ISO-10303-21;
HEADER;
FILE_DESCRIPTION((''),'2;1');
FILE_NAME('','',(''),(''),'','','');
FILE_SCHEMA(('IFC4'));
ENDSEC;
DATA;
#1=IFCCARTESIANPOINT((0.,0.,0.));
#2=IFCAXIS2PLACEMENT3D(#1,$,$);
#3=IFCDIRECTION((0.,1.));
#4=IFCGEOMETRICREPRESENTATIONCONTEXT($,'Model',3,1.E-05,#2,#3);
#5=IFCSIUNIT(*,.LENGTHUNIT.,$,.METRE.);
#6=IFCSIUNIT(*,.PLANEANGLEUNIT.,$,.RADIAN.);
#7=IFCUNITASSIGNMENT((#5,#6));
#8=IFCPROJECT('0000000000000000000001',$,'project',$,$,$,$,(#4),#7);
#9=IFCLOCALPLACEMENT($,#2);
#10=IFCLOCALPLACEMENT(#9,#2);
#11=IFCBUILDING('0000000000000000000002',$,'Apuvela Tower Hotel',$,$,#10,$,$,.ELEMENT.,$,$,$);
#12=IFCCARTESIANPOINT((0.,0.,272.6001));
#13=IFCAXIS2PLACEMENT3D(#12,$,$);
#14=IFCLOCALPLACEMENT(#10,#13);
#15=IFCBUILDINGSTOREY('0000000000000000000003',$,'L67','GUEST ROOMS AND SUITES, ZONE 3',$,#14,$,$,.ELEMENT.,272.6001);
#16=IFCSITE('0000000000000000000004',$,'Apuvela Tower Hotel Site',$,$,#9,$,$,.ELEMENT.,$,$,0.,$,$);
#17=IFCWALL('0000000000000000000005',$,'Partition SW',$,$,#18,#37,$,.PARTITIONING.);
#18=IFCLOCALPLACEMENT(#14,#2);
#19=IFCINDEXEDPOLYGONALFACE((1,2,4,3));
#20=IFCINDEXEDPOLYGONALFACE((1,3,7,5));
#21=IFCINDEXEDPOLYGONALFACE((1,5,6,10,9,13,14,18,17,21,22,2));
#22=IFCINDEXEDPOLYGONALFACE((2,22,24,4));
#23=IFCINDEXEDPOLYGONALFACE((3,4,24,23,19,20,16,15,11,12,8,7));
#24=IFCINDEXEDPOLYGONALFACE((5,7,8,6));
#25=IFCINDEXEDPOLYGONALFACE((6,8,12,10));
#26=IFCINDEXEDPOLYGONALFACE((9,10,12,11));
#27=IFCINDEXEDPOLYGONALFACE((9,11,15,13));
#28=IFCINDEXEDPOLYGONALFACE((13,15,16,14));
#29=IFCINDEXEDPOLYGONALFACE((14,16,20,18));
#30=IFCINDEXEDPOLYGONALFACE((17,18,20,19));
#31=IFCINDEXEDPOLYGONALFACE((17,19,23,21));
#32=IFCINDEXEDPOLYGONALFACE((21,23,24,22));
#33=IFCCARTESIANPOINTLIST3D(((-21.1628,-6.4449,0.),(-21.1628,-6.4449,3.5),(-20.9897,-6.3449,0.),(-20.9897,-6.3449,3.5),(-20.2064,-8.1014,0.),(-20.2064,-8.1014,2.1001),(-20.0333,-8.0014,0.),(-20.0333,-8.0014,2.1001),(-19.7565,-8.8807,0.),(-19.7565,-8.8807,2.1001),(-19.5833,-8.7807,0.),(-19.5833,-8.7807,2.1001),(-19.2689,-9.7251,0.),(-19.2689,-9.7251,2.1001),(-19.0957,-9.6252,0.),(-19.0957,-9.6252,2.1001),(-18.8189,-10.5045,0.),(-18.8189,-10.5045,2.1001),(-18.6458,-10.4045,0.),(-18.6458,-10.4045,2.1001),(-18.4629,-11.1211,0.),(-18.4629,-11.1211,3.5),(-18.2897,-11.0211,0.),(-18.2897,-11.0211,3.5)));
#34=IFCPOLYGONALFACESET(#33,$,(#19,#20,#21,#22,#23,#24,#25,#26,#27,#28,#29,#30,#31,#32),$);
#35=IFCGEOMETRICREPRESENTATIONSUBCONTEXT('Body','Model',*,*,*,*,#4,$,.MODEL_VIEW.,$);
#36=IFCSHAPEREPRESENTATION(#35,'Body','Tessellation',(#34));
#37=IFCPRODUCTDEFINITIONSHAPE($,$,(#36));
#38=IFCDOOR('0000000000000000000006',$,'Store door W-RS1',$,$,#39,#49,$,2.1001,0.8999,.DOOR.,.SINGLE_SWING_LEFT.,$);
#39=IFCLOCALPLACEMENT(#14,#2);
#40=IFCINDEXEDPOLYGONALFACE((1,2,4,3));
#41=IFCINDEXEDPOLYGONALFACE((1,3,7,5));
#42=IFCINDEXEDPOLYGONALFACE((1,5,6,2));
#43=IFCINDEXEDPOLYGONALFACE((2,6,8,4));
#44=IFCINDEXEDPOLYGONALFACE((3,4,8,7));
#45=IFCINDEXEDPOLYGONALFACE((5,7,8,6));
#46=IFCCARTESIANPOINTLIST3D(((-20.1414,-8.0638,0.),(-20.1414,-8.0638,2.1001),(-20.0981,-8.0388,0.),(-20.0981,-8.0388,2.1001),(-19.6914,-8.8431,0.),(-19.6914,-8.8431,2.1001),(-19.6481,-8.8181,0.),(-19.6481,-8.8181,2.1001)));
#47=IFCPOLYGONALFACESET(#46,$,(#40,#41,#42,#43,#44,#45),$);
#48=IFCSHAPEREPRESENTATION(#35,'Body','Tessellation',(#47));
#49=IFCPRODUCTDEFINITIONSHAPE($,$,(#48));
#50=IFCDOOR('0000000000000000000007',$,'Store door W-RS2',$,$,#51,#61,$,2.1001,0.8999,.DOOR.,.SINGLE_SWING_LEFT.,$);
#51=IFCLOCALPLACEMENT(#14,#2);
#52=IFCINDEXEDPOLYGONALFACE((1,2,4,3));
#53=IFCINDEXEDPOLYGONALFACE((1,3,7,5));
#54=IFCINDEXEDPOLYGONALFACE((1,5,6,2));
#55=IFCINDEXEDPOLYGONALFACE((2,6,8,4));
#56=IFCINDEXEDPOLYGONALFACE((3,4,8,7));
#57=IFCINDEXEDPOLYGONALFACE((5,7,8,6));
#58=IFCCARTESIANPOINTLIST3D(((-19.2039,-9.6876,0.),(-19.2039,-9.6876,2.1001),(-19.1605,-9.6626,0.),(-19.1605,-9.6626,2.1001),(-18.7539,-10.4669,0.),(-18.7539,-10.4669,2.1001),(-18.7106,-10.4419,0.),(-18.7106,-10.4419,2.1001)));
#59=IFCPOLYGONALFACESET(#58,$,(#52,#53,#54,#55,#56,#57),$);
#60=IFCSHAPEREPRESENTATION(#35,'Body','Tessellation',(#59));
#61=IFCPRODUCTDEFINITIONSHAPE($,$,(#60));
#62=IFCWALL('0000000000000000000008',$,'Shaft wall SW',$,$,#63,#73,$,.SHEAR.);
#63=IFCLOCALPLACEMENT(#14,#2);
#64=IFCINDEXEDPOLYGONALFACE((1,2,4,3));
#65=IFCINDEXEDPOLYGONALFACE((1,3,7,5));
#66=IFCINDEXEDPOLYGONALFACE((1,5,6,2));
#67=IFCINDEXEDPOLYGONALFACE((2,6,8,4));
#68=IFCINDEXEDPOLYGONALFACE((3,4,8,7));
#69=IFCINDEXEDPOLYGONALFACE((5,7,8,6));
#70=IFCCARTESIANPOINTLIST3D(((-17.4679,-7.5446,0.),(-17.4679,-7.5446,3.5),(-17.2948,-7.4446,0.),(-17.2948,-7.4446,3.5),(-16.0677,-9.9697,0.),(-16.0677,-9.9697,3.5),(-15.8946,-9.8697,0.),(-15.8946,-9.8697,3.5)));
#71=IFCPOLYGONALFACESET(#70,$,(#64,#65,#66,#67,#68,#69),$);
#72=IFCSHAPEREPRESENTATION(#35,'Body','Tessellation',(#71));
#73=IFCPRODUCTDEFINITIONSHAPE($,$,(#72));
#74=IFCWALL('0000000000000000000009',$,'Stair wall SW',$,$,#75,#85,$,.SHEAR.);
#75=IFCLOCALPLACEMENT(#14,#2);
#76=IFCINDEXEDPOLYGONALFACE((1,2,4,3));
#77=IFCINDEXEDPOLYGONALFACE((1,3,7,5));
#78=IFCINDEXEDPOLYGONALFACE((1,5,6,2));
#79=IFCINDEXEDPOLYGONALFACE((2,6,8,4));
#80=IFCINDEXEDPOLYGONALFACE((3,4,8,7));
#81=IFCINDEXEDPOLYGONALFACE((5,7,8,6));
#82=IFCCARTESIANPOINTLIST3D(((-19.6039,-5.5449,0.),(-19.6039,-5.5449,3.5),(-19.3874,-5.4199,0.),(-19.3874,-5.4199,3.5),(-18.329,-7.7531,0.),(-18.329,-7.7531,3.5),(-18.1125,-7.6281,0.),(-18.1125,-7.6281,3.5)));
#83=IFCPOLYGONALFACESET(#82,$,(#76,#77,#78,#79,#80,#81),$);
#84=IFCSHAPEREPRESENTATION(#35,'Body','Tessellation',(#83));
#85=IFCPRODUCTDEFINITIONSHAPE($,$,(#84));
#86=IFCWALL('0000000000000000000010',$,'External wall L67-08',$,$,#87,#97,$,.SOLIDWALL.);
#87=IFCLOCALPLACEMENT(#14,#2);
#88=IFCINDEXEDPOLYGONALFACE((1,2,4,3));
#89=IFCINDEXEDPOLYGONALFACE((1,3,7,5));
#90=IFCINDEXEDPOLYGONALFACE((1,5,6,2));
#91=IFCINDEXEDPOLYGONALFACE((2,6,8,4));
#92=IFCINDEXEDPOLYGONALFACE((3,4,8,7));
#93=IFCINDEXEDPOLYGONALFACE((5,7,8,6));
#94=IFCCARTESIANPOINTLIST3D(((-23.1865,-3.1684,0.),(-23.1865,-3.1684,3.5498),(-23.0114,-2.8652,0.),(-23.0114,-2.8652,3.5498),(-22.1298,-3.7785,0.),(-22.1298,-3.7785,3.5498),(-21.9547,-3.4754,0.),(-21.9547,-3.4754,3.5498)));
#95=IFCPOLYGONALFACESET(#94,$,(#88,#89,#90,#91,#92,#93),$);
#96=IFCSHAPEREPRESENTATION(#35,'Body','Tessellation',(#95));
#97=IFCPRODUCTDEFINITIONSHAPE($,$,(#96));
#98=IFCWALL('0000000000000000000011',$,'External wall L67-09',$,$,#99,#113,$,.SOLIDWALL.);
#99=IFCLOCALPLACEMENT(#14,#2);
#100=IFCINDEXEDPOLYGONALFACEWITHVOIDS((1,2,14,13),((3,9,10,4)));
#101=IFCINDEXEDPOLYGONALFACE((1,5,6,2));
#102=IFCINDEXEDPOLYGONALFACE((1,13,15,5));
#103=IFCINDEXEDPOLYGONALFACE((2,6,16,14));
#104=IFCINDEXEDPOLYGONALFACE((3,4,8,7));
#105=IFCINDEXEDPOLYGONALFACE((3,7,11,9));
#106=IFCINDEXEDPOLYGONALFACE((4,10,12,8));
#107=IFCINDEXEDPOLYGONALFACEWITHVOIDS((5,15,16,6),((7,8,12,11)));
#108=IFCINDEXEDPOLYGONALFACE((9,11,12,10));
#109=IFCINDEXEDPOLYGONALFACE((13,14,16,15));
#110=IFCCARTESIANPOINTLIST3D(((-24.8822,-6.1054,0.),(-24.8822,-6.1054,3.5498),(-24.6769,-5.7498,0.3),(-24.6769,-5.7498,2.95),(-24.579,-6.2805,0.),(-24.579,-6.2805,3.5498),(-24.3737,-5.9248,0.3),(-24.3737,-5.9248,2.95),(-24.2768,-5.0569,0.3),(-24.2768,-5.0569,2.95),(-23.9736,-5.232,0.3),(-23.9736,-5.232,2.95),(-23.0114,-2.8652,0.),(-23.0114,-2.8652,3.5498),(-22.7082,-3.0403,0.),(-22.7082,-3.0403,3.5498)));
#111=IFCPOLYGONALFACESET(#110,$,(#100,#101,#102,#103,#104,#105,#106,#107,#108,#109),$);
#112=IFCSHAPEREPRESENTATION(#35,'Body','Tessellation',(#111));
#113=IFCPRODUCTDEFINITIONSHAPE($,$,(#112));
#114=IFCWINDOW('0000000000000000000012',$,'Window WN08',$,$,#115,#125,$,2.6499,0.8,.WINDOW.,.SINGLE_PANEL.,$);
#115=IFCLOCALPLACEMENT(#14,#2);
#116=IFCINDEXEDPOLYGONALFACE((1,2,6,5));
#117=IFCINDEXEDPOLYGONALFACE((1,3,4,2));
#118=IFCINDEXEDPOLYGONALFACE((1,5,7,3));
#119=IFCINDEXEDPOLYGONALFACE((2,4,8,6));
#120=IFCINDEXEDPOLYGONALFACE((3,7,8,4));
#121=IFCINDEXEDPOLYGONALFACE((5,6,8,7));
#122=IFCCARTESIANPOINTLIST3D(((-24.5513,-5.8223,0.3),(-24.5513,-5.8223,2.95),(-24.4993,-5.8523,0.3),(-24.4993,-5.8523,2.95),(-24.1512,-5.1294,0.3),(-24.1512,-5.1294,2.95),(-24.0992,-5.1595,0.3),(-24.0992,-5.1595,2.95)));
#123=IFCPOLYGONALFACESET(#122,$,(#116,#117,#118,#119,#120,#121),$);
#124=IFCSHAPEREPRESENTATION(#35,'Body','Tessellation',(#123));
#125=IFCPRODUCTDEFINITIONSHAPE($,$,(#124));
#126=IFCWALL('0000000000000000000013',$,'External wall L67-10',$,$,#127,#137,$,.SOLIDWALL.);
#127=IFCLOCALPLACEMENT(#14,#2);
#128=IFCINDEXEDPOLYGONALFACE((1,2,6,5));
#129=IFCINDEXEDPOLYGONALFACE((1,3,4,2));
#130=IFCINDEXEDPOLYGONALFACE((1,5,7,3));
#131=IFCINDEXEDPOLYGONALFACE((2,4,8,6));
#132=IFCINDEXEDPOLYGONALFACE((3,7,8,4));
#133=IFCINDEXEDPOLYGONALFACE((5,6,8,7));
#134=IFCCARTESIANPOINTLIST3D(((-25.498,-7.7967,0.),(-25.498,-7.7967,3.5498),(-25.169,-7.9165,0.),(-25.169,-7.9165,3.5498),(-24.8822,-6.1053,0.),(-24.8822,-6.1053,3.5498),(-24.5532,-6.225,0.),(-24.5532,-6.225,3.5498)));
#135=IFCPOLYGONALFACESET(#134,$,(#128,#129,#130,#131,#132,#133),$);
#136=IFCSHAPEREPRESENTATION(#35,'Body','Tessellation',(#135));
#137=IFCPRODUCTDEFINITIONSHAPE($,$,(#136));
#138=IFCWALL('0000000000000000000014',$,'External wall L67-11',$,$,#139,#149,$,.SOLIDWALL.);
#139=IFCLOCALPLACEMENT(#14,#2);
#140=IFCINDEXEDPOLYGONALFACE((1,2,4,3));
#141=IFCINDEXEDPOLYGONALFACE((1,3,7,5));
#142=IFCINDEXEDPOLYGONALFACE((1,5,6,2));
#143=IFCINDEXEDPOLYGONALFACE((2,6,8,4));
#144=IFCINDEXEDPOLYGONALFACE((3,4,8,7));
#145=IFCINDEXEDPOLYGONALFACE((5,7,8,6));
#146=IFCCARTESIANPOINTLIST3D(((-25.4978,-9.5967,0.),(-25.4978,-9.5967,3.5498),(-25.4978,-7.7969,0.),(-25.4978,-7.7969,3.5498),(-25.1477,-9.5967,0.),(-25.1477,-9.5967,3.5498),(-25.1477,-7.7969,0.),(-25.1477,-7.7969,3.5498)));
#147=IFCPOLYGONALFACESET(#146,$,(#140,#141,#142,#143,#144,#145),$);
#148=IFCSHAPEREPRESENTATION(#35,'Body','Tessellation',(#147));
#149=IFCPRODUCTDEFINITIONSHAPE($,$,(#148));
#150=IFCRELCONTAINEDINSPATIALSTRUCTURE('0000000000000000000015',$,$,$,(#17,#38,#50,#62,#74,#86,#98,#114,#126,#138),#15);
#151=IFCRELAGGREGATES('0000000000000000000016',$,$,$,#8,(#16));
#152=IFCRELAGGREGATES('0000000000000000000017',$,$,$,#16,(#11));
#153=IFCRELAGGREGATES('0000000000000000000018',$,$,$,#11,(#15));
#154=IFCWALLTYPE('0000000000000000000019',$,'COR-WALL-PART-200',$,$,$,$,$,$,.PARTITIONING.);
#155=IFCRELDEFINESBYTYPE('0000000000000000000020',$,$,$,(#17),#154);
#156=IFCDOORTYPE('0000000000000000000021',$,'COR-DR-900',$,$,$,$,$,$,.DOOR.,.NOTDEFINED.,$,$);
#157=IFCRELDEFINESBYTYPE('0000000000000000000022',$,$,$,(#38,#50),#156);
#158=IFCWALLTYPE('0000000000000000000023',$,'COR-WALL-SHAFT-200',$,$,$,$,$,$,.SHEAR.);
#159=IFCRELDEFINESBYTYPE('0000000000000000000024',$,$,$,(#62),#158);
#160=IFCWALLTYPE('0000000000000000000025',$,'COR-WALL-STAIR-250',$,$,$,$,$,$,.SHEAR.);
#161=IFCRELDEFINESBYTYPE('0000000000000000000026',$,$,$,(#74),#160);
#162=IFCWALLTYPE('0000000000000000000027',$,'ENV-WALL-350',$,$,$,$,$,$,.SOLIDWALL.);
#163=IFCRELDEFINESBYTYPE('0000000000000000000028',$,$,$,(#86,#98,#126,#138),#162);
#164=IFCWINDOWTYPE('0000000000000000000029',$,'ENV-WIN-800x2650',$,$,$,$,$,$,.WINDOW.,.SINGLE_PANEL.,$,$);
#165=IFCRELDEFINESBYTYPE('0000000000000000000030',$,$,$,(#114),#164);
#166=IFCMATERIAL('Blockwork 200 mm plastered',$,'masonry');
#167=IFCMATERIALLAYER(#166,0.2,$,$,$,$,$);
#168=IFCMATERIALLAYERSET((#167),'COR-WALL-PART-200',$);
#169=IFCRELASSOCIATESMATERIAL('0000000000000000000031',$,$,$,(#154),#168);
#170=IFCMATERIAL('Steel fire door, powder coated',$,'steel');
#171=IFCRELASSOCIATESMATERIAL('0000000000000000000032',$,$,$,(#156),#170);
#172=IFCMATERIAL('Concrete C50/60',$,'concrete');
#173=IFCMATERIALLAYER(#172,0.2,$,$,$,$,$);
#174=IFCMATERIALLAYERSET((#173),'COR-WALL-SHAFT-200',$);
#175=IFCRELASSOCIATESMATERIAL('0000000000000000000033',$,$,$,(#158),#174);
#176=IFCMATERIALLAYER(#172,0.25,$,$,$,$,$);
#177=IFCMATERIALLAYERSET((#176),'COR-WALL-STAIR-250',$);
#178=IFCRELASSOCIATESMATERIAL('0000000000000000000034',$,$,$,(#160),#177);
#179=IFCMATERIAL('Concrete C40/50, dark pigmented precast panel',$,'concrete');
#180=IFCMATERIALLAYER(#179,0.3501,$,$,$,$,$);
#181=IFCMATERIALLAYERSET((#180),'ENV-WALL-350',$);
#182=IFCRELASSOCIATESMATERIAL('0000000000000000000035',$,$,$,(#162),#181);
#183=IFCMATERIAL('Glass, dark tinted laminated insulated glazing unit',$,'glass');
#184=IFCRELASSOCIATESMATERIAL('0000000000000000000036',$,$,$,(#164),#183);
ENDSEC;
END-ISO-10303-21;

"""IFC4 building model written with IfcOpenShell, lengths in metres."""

from ifc_helpers import new_model, si_unit, direction, frame, frame_2d, origin, place, context, subcontext, project, spatial, rectangle, extrude, material, layer, layer_set, type_object, element, fill, save


model = new_model("IFC4")

# Units and contexts
model_context = context("Model", 3, precision=1e-05, world=origin(), true_north=direction((0.0, 1.0)))
body_context = subcontext(model_context, "Body", "Model", "MODEL_VIEW")
ifc_project = project(units=[si_unit("LENGTHUNIT", "METRE"), si_unit("PLANEANGLEUNIT", "RADIAN")], contexts=[model_context])

# Site, building, storey
site_placement = place(None, origin())
site = spatial("IfcSite", under=ifc_project, at=site_placement, Name="Apuvela Tower Hotel Site", CompositionType="ELEMENT", RefElevation=0.0)
building_placement = place(site_placement, origin())
building = spatial("IfcBuilding", under=site, at=building_placement, Name="Apuvela Tower Hotel", CompositionType="ELEMENT")
storey_placement = place(building_placement, frame((0.0, 0.0, 272.6001)))
storey = spatial("IfcBuildingStorey", under=building, at=storey_placement, Name="L67", Description="GUEST ROOMS AND SUITES, ZONE 3", CompositionType="ELEMENT", Elevation=272.6001)

# Wall, openings, doors
ifc_material_1 = material(Name="Blockwork 200 mm plastered", Category="masonry")
ifc_layer_1 = layer(ifc_material_1, 0.2)
ifc_layer_set_1 = layer_set([ifc_layer_1], Name="COR-WALL-PART-200")
wall_type_1 = type_object("IfcWallType", Name="COR-WALL-PART-200", PredefinedType="PARTITIONING", material=ifc_layer_set_1)
wall_1_placement = place(storey_placement, frame((-21.0762, -6.395, 0.0), z_axis=(0.0, 0.0, 1.0), x_axis=(0.500015, -0.866017, 0.0)))
wall_1 = element("IfcWall", 1, at=wall_1_placement, inside=storey, type_object=wall_type_1, Name="Partition SW", PredefinedType="PARTITIONING", context=body_context, shape_type="SweptSolid", body=[
    extrude(rectangle(XDim=5.3997, YDim=0.2, at=frame_2d((2.6997, 0.0))), origin(), (0.0, 0.0, 1.0), 3.5),
])
opening_1_placement = place(wall_1_placement, frame((1.9126, 0.0, 0.0)))
opening_1 = element("IfcOpeningElement", 2, at=opening_1_placement, cuts=wall_1, PredefinedType="OPENING", context=body_context, shape_type="SweptSolid", body=[
    extrude(rectangle(XDim=0.8999, YDim=2.1001, at=frame_2d((0.45, 1.05))), frame((0.0, 0.1099, 0.0), z_axis=(0.0, -1.0, 0.0), x_axis=(1.0, 0.0, 0.0)), (0.0, 0.0, 1.0), 0.22),
])
opening_2_placement = place(wall_1_placement, frame((3.7876, 0.0, 0.0)))
opening_2 = element("IfcOpeningElement", 3, at=opening_2_placement, cuts=wall_1, PredefinedType="OPENING", context=body_context, shape_type="SweptSolid", body=[
    extrude(rectangle(XDim=0.8999, YDim=2.1001, at=frame_2d((0.45, 1.05))), frame((0.0, 0.1099, 0.0), z_axis=(0.0, -1.0, 0.0), x_axis=(1.0, 0.0, 0.0)), (0.0, 0.0, 1.0), 0.22),
])
ifc_material_2 = material(Name="Steel fire door, powder coated", Category="steel")
door_type_1 = type_object("IfcDoorType", Name="COR-DR-900", OperationType="NOTDEFINED", PredefinedType="DOOR", material=ifc_material_2)
door_1_placement = place(opening_1_placement, frame((0.8999, 0.0, 0.0), z_axis=(0.0, 0.0, 1.0), x_axis=(-1.0, 0.0, 0.0)))
door_1 = element("IfcDoor", 4, at=door_1_placement, inside=storey, type_object=door_type_1, Name="Store door W-RS1", OperationType="SINGLE_SWING_LEFT", OverallHeight=2.1001, OverallWidth=0.8999, PredefinedType="DOOR", context=body_context, shape_type="SweptSolid", body=[
    extrude(rectangle(XDim=0.8999, YDim=2.1001, at=frame_2d((0.45, 1.05))), frame((0.0, 0.0249, 0.0), z_axis=(0.0, -1.0, 0.0), x_axis=(1.0, 0.0, 0.0)), (0.0, 0.0, 1.0), 0.05),
])
fill(opening_1, door_1)
door_2_placement = place(opening_2_placement, frame((0.8999, 0.0, 0.0), z_axis=(0.0, 0.0, 1.0), x_axis=(-1.0, 0.0, 0.0)))
door_2 = element("IfcDoor", 5, at=door_2_placement, inside=storey, type_object=door_type_1, Name="Store door W-RS2", OperationType="SINGLE_SWING_LEFT", OverallHeight=2.1001, OverallWidth=0.8999, PredefinedType="DOOR", context=body_context, shape_type="SweptSolid", body=[
    extrude(rectangle(XDim=0.8999, YDim=2.1001, at=frame_2d((0.45, 1.05))), frame((0.0, 0.0249, 0.0), z_axis=(0.0, -1.0, 0.0), x_axis=(1.0, 0.0, 0.0)), (0.0, 0.0, 1.0), 0.05),
])
fill(opening_2, door_2)

# Walls
ifc_material_3 = material(Name="Concrete C50/60", Category="concrete")
ifc_layer_2 = layer(ifc_material_3, 0.2)
ifc_layer_set_2 = layer_set([ifc_layer_2], Name="COR-WALL-SHAFT-200")
wall_type_2 = type_object("IfcWallType", Name="COR-WALL-SHAFT-200", PredefinedType="SHEAR", material=ifc_layer_set_2)
wall_2_placement = place(storey_placement, frame((-17.3813, -7.4946, 0.0), z_axis=(0.0, 0.0, 1.0), x_axis=(0.500012, -0.866019, 0.0)))
element("IfcWall", 6, at=wall_2_placement, inside=storey, type_object=wall_type_2, Name="Shaft wall SW", PredefinedType="SHEAR", context=body_context, shape_type="SweptSolid", body=[
    extrude(rectangle(XDim=2.8003, YDim=0.2, at=frame_2d((1.4001, 0.0))), origin(), (0.0, 0.0, 1.0), 3.5),
])
ifc_layer_3 = layer(ifc_material_3, 0.25)
ifc_layer_set_3 = layer_set([ifc_layer_3], Name="COR-WALL-STAIR-250")
wall_type_3 = type_object("IfcWallType", Name="COR-WALL-STAIR-250", PredefinedType="SHEAR", material=ifc_layer_set_3)
wall_3_placement = place(storey_placement, frame((-19.4956, -5.4824, 0.0), z_axis=(0.0, 0.0, 1.0), x_axis=(0.49999, -0.866031, 0.0)))
element("IfcWall", 7, at=wall_3_placement, inside=storey, type_object=wall_type_3, Name="Stair wall SW", PredefinedType="SHEAR", context=body_context, shape_type="SweptSolid", body=[
    extrude(rectangle(XDim=2.5498, YDim=0.25, at=frame_2d((1.2749, 0.0))), origin(), (0.0, 0.0, 1.0), 3.5),
])
ifc_material_4 = material(Name="Concrete C40/50, dark pigmented precast panel", Category="concrete")
ifc_layer_4 = layer(ifc_material_4, 0.3501)
ifc_layer_set_4 = layer_set([ifc_layer_4], Name="ENV-WALL-350")
wall_type_4 = type_object("IfcWallType", Name="ENV-WALL-350", PredefinedType="SOLIDWALL", material=ifc_layer_set_4)
wall_4_placement = place(storey_placement, frame((-22.0422, -3.627, 0.0), z_axis=(0.0, 0.0, 1.0), x_axis=(-0.866006, 0.500034, 0.0)))
element("IfcWall", 8, at=wall_4_placement, inside=storey, type_object=wall_type_4, Name="External wall L67-08", PredefinedType="SOLIDWALL", context=body_context, shape_type="SweptSolid", body=[
    extrude(rectangle(XDim=1.2202, YDim=0.3501, at=frame_2d((0.6101, 0.0))), origin(), (0.0, 0.0, 1.0), 3.5498),
])

# Wall, opening, window
wall_5_placement = place(storey_placement, frame((-22.8599, -2.9529, 0.0), z_axis=(0.0, 0.0, 1.0), x_axis=(-0.50002, -0.866014, 0.0)))
wall_5 = element("IfcWall", 9, at=wall_5_placement, inside=storey, type_object=wall_type_4, Name="External wall L67-09", PredefinedType="SOLIDWALL", context=body_context, shape_type="SweptSolid", body=[
    extrude(rectangle(XDim=3.7415, YDim=0.3501, at=frame_2d((1.8706, 0.0))), origin(), (0.0, 0.0, 1.0), 3.5498),
])
opening_3_placement = place(wall_5_placement, frame((2.5308, 0.0, 0.3)))
opening_3 = element("IfcOpeningElement", 10, at=opening_3_placement, cuts=wall_5, PredefinedType="OPENING", context=body_context, shape_type="SweptSolid", body=[
    extrude(rectangle(XDim=0.8, YDim=2.6499, at=frame_2d((0.3999, 1.325))), frame((0.0, 0.1851, 0.0), z_axis=(0.0, -1.0, 0.0), x_axis=(1.0, 0.0, 0.0)), (0.0, 0.0, 1.0), 0.3701),
])
ifc_material_5 = material(Name="Glass, dark tinted laminated insulated glazing unit", Category="glass")
window_type = type_object("IfcWindowType", Name="ENV-WIN-800x2650", PartitioningType="SINGLE_PANEL", PredefinedType="WINDOW", material=ifc_material_5)
window_placement = place(opening_3_placement, origin())
window = element("IfcWindow", 11, at=window_placement, inside=storey, type_object=window_type, Name="Window WN08", OverallHeight=2.6499, OverallWidth=0.8, PartitioningType="SINGLE_PANEL", PredefinedType="WINDOW", context=body_context, shape_type="SweptSolid", body=[
    extrude(rectangle(XDim=0.8, YDim=2.6499, at=frame_2d((0.3999, 1.325))), frame((0.0, 0.03, 0.0), z_axis=(0.0, -1.0, 0.0), x_axis=(1.0, 0.0, 0.0)), (0.0, 0.0, 1.0), 0.0601),
])
fill(opening_3, window)

# Walls
wall_6_placement = place(storey_placement, frame((-24.7178, -6.1653, 0.0), z_axis=(0.0, 0.0, 1.0), x_axis=(-0.34207, -0.939675, 0.0)))
element("IfcWall", 12, at=wall_6_placement, inside=storey, type_object=wall_type_4, Name="External wall L67-10", PredefinedType="SOLIDWALL", context=body_context, shape_type="SweptSolid", body=[
    extrude(rectangle(XDim=1.8, YDim=0.3501, at=frame_2d((0.8999, 0.0))), origin(), (0.0, 0.0, 1.0), 3.5498),
])
wall_7_placement = place(storey_placement, frame((-25.3228, -7.7969, 0.0), z_axis=(0.0, 0.0, 1.0), x_axis=(0.0, -1.0, 0.0)))
element("IfcWall", 13, at=wall_7_placement, inside=storey, type_object=wall_type_4, Name="External wall L67-11", PredefinedType="SOLIDWALL", context=body_context, shape_type="SweptSolid", body=[
    extrude(rectangle(XDim=1.7998, YDim=0.3501, at=frame_2d((0.8999, 0.0))), origin(), (0.0, 0.0, 1.0), 3.5498),
])

save(model, "model.ifc")
